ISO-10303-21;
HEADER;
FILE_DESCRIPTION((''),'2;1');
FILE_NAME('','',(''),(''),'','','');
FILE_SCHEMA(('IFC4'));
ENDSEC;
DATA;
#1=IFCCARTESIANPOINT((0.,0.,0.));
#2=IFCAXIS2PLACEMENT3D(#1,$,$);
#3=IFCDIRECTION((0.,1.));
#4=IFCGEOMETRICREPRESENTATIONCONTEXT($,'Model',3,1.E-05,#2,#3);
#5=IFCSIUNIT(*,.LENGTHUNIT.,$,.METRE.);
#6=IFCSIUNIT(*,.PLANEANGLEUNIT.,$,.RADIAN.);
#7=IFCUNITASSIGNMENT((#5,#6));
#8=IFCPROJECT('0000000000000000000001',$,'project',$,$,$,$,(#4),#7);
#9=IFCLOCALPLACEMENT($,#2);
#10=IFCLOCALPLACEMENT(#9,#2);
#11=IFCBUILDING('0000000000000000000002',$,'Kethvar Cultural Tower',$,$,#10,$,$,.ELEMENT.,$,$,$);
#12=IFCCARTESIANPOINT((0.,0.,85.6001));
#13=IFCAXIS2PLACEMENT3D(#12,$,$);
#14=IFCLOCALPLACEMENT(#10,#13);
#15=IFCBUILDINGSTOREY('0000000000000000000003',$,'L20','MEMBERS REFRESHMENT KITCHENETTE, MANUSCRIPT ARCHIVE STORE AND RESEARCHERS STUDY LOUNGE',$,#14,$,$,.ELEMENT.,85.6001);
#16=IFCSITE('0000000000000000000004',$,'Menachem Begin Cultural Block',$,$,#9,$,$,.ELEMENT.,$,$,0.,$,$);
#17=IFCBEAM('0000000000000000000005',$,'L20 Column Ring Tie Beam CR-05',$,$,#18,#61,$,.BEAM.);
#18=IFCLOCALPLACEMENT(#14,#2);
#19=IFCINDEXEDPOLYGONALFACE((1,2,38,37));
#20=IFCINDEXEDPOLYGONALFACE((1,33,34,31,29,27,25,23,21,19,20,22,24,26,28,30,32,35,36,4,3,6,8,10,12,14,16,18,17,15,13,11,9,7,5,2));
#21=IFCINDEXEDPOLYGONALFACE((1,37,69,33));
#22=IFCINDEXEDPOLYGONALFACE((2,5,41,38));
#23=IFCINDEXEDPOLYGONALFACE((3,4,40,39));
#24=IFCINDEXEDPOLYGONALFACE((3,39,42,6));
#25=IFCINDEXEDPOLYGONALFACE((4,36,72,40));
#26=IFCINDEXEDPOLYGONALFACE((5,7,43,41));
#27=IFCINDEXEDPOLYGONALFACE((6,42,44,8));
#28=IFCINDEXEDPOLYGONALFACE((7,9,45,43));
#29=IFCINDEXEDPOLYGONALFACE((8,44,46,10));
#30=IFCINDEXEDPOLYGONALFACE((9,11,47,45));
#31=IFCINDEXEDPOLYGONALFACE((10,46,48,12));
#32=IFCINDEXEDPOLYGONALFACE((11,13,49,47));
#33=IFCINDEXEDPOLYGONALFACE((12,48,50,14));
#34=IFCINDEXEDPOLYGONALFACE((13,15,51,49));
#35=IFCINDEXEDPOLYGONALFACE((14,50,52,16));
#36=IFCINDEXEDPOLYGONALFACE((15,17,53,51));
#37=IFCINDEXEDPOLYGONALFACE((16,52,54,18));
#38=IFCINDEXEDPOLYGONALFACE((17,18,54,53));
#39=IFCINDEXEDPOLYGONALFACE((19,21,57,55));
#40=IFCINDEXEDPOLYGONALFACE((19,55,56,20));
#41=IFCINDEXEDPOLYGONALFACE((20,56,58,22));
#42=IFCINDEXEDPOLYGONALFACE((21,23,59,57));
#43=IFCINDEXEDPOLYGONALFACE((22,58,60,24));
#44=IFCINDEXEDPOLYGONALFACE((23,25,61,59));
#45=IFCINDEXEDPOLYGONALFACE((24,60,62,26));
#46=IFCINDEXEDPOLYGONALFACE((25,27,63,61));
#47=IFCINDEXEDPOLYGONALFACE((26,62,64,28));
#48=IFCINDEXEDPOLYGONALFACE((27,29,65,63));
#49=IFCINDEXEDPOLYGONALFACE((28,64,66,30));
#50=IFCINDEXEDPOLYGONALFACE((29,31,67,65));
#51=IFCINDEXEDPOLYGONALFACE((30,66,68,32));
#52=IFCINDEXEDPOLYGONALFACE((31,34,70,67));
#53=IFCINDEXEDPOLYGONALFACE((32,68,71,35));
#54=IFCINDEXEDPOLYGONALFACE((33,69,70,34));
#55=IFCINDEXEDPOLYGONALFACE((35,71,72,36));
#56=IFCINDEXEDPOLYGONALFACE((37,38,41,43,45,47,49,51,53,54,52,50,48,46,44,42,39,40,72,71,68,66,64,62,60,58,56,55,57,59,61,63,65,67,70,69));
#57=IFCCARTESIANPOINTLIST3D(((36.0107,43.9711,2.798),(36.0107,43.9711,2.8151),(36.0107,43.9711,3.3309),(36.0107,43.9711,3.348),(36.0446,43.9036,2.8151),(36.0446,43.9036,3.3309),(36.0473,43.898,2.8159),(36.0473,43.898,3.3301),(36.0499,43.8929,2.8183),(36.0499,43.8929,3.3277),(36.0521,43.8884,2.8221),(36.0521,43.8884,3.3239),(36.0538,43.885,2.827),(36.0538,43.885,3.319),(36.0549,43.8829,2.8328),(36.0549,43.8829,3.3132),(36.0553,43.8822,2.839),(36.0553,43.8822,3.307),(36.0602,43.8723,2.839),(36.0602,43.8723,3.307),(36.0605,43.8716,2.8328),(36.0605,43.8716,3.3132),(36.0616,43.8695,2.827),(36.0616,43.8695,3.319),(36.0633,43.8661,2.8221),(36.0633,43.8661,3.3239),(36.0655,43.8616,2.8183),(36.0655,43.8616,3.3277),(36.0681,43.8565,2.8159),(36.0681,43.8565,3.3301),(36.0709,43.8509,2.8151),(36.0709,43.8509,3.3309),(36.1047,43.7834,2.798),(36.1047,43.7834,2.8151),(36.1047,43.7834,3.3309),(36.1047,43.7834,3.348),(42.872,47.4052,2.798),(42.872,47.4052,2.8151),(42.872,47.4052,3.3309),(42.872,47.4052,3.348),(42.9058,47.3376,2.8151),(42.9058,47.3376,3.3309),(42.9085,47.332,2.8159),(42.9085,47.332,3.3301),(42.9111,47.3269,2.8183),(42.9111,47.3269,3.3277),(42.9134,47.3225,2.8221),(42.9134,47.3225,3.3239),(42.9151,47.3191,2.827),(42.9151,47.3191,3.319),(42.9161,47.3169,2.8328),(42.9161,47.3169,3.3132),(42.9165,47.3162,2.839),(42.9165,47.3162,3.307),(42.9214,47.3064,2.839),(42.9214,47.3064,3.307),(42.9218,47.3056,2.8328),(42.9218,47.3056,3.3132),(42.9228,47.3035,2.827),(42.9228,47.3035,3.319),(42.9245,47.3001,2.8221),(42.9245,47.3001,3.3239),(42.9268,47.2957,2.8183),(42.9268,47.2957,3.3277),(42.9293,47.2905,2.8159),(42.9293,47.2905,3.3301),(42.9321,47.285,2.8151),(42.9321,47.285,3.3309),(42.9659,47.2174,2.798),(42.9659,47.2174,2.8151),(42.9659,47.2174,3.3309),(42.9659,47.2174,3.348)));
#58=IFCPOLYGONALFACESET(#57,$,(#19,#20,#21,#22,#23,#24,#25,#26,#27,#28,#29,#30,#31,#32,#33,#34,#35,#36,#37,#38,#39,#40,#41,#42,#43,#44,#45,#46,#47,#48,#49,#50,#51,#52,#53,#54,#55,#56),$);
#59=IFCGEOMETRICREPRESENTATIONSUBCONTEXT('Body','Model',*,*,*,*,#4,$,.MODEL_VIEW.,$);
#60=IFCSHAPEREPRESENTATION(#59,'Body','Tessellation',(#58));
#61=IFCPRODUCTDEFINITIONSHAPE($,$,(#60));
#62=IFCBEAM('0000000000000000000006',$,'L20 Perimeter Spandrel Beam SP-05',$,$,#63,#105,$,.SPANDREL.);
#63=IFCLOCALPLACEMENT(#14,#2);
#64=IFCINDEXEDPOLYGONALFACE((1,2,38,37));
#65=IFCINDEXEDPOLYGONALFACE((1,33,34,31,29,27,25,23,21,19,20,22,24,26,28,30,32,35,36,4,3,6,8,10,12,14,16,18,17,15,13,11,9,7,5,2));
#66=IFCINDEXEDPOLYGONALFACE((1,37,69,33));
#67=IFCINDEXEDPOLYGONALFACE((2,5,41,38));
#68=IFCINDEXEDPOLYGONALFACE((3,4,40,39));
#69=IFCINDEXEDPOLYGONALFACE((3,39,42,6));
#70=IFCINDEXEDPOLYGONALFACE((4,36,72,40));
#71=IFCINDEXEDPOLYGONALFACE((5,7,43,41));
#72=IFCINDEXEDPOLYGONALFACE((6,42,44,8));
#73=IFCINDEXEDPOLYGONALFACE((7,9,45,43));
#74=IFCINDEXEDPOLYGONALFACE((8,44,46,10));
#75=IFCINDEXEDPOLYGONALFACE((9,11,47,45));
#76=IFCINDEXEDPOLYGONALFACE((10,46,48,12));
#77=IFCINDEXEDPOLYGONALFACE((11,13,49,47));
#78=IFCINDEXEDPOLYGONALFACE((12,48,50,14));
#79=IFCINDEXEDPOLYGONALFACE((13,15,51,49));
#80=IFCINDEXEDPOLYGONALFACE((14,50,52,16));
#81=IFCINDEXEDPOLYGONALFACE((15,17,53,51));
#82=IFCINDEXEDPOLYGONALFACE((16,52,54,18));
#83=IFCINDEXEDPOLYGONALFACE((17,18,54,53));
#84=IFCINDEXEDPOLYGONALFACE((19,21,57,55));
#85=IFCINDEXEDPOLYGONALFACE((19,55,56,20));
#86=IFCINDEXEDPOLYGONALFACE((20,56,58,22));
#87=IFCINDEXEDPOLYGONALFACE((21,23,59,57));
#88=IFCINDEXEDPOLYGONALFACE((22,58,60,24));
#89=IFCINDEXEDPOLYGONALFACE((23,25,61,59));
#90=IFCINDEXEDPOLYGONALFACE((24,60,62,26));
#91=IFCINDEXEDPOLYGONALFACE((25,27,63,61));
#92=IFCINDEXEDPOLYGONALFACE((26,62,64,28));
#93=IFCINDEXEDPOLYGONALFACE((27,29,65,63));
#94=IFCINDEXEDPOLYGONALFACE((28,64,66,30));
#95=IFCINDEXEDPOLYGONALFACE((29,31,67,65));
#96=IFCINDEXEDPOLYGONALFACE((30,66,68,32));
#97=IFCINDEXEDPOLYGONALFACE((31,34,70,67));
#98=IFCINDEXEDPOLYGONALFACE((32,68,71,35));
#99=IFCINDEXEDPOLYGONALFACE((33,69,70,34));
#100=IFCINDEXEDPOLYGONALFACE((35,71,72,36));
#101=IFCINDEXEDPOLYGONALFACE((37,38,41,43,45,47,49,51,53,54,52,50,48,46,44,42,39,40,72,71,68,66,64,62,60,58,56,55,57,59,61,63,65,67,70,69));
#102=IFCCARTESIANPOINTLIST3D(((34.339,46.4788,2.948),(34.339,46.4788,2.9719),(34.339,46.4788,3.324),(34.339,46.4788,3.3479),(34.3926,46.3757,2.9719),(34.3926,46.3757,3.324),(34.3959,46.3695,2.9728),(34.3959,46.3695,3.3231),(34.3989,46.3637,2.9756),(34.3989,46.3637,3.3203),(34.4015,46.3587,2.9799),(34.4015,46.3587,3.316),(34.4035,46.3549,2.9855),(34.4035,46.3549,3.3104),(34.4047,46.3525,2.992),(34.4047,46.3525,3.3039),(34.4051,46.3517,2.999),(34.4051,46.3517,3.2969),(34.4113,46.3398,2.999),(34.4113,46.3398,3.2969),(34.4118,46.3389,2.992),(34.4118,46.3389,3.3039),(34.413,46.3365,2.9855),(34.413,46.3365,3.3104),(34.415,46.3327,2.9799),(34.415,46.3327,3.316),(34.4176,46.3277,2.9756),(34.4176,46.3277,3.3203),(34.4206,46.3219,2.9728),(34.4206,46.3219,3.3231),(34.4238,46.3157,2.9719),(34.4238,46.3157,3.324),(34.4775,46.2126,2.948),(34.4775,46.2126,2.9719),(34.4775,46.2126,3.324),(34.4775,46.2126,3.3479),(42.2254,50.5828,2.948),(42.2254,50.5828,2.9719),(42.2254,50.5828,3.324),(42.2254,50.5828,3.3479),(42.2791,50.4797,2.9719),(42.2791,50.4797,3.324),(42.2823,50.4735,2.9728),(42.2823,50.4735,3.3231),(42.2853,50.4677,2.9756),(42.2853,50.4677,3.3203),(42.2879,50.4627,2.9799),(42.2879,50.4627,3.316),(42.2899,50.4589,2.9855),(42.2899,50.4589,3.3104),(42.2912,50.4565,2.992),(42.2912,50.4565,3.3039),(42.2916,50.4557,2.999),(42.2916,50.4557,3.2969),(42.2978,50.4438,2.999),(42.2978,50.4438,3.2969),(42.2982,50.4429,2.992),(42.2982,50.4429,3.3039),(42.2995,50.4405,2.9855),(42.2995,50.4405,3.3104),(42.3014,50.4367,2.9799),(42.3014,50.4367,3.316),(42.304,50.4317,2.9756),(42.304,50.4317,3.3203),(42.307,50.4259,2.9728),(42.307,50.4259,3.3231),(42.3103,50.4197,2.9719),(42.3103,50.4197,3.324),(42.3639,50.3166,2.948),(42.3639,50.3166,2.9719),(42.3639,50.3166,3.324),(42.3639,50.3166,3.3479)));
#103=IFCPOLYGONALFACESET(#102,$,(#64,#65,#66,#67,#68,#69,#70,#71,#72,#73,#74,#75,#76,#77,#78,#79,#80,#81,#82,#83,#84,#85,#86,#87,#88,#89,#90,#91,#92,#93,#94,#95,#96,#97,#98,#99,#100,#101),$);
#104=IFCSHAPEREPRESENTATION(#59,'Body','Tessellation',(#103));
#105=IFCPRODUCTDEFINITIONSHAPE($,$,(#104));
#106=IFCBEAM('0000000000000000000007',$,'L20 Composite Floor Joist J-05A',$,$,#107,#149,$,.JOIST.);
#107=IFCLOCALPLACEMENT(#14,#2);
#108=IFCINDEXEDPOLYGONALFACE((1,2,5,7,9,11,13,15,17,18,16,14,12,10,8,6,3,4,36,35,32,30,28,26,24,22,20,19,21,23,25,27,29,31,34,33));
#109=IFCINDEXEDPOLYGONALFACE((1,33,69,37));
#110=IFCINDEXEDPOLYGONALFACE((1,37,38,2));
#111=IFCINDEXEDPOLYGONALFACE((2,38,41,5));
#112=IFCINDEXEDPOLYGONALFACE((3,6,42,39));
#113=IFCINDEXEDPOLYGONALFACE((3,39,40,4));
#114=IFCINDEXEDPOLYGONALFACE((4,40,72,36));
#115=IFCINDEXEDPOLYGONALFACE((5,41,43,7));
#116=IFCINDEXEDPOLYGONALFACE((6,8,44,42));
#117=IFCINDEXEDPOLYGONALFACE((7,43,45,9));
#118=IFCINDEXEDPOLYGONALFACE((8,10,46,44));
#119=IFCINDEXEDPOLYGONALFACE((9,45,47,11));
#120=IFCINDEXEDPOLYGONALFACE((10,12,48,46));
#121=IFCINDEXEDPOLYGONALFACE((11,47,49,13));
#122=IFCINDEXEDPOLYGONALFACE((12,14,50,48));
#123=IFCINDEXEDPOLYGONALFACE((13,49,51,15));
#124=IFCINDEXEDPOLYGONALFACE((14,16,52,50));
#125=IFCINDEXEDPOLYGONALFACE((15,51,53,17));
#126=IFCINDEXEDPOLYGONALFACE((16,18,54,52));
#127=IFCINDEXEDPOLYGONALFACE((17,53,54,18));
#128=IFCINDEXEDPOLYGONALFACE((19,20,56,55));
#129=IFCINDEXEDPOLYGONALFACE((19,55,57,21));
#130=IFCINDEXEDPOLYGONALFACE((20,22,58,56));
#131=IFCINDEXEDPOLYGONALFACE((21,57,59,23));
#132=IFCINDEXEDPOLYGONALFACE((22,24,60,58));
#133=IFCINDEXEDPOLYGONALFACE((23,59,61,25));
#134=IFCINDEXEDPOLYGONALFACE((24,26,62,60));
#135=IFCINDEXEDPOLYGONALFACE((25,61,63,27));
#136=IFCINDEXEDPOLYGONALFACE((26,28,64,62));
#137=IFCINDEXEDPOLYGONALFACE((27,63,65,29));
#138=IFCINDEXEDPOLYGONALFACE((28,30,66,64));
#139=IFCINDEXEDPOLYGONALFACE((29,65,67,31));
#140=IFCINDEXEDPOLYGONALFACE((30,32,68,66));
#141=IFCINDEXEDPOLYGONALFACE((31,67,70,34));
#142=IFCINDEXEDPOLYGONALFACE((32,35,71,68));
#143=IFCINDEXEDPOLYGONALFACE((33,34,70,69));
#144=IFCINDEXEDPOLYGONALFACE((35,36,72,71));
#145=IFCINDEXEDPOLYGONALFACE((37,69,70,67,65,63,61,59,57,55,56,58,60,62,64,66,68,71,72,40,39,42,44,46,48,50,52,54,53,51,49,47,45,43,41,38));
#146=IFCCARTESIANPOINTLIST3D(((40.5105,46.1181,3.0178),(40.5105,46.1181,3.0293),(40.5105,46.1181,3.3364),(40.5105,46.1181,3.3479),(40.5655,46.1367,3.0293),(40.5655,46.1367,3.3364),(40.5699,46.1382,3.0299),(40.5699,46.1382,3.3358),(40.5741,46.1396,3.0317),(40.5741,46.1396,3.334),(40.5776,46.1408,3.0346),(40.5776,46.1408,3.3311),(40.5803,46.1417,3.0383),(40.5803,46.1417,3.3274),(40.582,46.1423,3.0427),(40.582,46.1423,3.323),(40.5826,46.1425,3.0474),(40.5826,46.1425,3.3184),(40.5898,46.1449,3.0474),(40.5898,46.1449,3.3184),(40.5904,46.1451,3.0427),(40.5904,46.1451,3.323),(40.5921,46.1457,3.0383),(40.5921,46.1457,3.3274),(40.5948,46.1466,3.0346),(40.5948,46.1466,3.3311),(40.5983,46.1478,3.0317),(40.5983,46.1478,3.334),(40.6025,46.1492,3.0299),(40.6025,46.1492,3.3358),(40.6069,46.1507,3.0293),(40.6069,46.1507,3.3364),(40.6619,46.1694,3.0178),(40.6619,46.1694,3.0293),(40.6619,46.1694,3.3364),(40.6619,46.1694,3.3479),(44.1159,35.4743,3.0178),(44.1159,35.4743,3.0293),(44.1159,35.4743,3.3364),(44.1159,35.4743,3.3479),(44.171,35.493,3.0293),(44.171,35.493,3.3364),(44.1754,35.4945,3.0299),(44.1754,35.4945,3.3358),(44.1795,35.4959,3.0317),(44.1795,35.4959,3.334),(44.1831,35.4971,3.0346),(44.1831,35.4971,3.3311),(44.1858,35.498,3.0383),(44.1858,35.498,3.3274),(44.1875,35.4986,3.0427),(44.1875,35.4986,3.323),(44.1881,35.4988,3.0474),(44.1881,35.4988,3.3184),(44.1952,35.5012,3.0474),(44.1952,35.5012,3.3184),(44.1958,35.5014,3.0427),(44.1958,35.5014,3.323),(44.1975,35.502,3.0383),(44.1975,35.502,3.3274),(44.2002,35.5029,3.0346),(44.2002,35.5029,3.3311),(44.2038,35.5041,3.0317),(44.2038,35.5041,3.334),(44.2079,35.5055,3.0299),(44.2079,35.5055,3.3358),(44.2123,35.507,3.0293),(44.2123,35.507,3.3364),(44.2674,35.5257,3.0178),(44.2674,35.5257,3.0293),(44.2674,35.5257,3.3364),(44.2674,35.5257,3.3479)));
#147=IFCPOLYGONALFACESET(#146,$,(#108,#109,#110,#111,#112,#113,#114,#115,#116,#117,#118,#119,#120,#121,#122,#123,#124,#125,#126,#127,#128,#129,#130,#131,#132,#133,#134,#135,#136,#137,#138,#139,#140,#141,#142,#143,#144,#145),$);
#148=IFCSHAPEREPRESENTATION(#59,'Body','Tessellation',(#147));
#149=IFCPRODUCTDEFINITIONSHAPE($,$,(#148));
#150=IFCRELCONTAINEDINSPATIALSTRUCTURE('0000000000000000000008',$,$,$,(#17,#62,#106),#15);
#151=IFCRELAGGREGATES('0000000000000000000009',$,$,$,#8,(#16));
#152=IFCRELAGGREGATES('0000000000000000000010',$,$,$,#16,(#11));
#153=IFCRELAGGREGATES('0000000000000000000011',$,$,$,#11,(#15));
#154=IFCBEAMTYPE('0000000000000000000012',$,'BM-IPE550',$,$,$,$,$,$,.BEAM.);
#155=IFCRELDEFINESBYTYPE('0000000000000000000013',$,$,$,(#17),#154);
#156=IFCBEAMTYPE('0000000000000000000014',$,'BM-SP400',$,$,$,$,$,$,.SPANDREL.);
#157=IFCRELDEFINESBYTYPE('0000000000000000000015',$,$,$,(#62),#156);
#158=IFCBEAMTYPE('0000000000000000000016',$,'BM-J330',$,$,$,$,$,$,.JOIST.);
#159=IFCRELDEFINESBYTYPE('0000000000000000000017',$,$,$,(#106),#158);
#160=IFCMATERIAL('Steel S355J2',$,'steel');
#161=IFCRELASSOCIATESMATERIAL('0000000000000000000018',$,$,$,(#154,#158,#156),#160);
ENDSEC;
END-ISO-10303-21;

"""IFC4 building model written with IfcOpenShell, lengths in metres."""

from ifc_helpers import new_model, si_unit, direction, frame, origin, origin_2d, place, context, subcontext, project, spatial, i_section, extrude, source, transform, mapped, material, material_profile, profile_set, type_object, element, save


model = new_model("IFC4")

# Units and contexts
model_context = context("Model", 3, precision=1e-05, world=origin(), true_north=direction((0.0, 1.0)))
body_context = subcontext(model_context, "Body", "Model", "MODEL_VIEW")
ifc_project = project(units=[si_unit("LENGTHUNIT", "METRE"), si_unit("PLANEANGLEUNIT", "RADIAN")], contexts=[model_context])

# Site, building, storey
site_placement = place(None, origin())
site = spatial("IfcSite", under=ifc_project, at=site_placement, Name="Menachem Begin Cultural Block", CompositionType="ELEMENT", RefElevation=0.0)
building_placement = place(site_placement, origin())
building = spatial("IfcBuilding", under=site, at=building_placement, Name="Kethvar Cultural Tower", CompositionType="ELEMENT")
storey_placement = place(building_placement, frame((0.0, 0.0, 85.6001)))
storey = spatial("IfcBuildingStorey", under=building, at=storey_placement, Name="L20", Description="MEMBERS REFRESHMENT KITCHENETTE, MANUSCRIPT ARCHIVE STORE AND RESEARCHERS STUDY LOUNGE", CompositionType="ELEMENT", Elevation=85.6001)

# Beams
ifc_material_1 = material(Name="Steel S355J2", Category="steel")
ifc_material_profile_1 = material_profile(ifc_material_1, i_section(OverallWidth=0.21, OverallDepth=0.55, WebThickness=0.011, FlangeThickness=0.0171, FilletRadius=0.0239, at=origin_2d()), Name="Steel S355J2 — IPE550")
ifc_profile_set_1 = profile_set([ifc_material_profile_1], Name="Steel S355J2 — IPE550")
beam_type_1 = type_object("IfcBeamType", Name="BM-IPE550", PredefinedType="BEAM", material=ifc_profile_set_1)
ifc_material_profile_2 = material_profile(ifc_material_1, i_section(OverallWidth=0.1599, OverallDepth=0.3301, WebThickness=0.0076, FlangeThickness=0.0115, FilletRadius=0.0181, at=origin_2d()), Name="Steel S355J2 — IPE330")
ifc_profile_set_2 = profile_set([ifc_material_profile_2], Name="Steel S355J2 — IPE330")
beam_type_2 = type_object("IfcBeamType", Name="BM-J330", PredefinedType="JOIST", material=ifc_profile_set_2)
shared_shape_1 = source(origin(), body_context, "Body", "SweptSolid", [
    extrude(i_section(OverallWidth=0.21, OverallDepth=0.55, WebThickness=0.011, FlangeThickness=0.0171, FilletRadius=0.0239, at=origin_2d()), origin(), (0.0, 0.0, 1.0), 7.6726),
])
beam_1_placement = place(storey_placement, frame((42.9189, 47.3113, 3.073), z_axis=(-0.894249, -0.44757, 0.0), x_axis=(0.44757, -0.894249, 0.0)))
element("IfcBeam", 1, at=beam_1_placement, inside=storey, type_object=beam_type_1, Name="L20 Column Ring Tie Beam CR-05", PredefinedType="BEAM", context=body_context, shape_type="MappedRepresentation", body=[
    mapped(shared_shape_1, transform((0.0, 0.0, 0.0), scale=1.0)),
])
ifc_material_profile_3 = material_profile(ifc_material_1, i_section(OverallWidth=0.3, OverallDepth=0.3999, WebThickness=0.0134, FlangeThickness=0.0239, FilletRadius=0.0271, at=origin_2d()), Name="Steel S355J2 — HEB400")
ifc_profile_set_3 = profile_set([ifc_material_profile_3], Name="Steel S355J2 — HEB400")
beam_type_3 = type_object("IfcBeamType", Name="BM-SP400", PredefinedType="SPANDREL", material=ifc_profile_set_3)
shared_shape_2 = source(origin(), body_context, "Body", "SweptSolid", [
    extrude(i_section(OverallWidth=0.3, OverallDepth=0.3999, WebThickness=0.0134, FlangeThickness=0.0239, FilletRadius=0.0271, at=origin_2d()), origin(), (0.0, 0.0, 1.0), 8.8904),
])
beam_2_placement = place(storey_placement, frame((42.2947, 50.4497, 3.1479), z_axis=(-0.887077, -0.461622, 0.0), x_axis=(0.461622, -0.887077, 0.0)))
element("IfcBeam", 2, at=beam_2_placement, inside=storey, type_object=beam_type_3, Name="L20 Perimeter Spandrel Beam SP-05", PredefinedType="SPANDREL", context=body_context, shape_type="MappedRepresentation", body=[
    mapped(shared_shape_2, transform((0.0, 0.0, 0.0), scale=1.0)),
])
shared_shape_3 = source(origin(), body_context, "Body", "SweptSolid", [
    extrude(i_section(OverallWidth=0.1599, OverallDepth=0.3301, WebThickness=0.0076, FlangeThickness=0.0115, FilletRadius=0.0181, at=origin_2d()), origin(), (0.0, 0.0, 1.0), 11.2378),
])
beam_3_placement = place(storey_placement, frame((44.1917, 35.5, 3.1829), z_axis=(-0.320832, 0.947136, 0.0), x_axis=(-0.947136, -0.320832, 0.0)))
element("IfcBeam", 3, at=beam_3_placement, inside=storey, type_object=beam_type_2, Name="L20 Composite Floor Joist J-05A", PredefinedType="JOIST", context=body_context, shape_type="MappedRepresentation", body=[
    mapped(shared_shape_3, transform((0.0, 0.0, 0.0), scale=1.0)),
])

save(model, "model.ifc")
